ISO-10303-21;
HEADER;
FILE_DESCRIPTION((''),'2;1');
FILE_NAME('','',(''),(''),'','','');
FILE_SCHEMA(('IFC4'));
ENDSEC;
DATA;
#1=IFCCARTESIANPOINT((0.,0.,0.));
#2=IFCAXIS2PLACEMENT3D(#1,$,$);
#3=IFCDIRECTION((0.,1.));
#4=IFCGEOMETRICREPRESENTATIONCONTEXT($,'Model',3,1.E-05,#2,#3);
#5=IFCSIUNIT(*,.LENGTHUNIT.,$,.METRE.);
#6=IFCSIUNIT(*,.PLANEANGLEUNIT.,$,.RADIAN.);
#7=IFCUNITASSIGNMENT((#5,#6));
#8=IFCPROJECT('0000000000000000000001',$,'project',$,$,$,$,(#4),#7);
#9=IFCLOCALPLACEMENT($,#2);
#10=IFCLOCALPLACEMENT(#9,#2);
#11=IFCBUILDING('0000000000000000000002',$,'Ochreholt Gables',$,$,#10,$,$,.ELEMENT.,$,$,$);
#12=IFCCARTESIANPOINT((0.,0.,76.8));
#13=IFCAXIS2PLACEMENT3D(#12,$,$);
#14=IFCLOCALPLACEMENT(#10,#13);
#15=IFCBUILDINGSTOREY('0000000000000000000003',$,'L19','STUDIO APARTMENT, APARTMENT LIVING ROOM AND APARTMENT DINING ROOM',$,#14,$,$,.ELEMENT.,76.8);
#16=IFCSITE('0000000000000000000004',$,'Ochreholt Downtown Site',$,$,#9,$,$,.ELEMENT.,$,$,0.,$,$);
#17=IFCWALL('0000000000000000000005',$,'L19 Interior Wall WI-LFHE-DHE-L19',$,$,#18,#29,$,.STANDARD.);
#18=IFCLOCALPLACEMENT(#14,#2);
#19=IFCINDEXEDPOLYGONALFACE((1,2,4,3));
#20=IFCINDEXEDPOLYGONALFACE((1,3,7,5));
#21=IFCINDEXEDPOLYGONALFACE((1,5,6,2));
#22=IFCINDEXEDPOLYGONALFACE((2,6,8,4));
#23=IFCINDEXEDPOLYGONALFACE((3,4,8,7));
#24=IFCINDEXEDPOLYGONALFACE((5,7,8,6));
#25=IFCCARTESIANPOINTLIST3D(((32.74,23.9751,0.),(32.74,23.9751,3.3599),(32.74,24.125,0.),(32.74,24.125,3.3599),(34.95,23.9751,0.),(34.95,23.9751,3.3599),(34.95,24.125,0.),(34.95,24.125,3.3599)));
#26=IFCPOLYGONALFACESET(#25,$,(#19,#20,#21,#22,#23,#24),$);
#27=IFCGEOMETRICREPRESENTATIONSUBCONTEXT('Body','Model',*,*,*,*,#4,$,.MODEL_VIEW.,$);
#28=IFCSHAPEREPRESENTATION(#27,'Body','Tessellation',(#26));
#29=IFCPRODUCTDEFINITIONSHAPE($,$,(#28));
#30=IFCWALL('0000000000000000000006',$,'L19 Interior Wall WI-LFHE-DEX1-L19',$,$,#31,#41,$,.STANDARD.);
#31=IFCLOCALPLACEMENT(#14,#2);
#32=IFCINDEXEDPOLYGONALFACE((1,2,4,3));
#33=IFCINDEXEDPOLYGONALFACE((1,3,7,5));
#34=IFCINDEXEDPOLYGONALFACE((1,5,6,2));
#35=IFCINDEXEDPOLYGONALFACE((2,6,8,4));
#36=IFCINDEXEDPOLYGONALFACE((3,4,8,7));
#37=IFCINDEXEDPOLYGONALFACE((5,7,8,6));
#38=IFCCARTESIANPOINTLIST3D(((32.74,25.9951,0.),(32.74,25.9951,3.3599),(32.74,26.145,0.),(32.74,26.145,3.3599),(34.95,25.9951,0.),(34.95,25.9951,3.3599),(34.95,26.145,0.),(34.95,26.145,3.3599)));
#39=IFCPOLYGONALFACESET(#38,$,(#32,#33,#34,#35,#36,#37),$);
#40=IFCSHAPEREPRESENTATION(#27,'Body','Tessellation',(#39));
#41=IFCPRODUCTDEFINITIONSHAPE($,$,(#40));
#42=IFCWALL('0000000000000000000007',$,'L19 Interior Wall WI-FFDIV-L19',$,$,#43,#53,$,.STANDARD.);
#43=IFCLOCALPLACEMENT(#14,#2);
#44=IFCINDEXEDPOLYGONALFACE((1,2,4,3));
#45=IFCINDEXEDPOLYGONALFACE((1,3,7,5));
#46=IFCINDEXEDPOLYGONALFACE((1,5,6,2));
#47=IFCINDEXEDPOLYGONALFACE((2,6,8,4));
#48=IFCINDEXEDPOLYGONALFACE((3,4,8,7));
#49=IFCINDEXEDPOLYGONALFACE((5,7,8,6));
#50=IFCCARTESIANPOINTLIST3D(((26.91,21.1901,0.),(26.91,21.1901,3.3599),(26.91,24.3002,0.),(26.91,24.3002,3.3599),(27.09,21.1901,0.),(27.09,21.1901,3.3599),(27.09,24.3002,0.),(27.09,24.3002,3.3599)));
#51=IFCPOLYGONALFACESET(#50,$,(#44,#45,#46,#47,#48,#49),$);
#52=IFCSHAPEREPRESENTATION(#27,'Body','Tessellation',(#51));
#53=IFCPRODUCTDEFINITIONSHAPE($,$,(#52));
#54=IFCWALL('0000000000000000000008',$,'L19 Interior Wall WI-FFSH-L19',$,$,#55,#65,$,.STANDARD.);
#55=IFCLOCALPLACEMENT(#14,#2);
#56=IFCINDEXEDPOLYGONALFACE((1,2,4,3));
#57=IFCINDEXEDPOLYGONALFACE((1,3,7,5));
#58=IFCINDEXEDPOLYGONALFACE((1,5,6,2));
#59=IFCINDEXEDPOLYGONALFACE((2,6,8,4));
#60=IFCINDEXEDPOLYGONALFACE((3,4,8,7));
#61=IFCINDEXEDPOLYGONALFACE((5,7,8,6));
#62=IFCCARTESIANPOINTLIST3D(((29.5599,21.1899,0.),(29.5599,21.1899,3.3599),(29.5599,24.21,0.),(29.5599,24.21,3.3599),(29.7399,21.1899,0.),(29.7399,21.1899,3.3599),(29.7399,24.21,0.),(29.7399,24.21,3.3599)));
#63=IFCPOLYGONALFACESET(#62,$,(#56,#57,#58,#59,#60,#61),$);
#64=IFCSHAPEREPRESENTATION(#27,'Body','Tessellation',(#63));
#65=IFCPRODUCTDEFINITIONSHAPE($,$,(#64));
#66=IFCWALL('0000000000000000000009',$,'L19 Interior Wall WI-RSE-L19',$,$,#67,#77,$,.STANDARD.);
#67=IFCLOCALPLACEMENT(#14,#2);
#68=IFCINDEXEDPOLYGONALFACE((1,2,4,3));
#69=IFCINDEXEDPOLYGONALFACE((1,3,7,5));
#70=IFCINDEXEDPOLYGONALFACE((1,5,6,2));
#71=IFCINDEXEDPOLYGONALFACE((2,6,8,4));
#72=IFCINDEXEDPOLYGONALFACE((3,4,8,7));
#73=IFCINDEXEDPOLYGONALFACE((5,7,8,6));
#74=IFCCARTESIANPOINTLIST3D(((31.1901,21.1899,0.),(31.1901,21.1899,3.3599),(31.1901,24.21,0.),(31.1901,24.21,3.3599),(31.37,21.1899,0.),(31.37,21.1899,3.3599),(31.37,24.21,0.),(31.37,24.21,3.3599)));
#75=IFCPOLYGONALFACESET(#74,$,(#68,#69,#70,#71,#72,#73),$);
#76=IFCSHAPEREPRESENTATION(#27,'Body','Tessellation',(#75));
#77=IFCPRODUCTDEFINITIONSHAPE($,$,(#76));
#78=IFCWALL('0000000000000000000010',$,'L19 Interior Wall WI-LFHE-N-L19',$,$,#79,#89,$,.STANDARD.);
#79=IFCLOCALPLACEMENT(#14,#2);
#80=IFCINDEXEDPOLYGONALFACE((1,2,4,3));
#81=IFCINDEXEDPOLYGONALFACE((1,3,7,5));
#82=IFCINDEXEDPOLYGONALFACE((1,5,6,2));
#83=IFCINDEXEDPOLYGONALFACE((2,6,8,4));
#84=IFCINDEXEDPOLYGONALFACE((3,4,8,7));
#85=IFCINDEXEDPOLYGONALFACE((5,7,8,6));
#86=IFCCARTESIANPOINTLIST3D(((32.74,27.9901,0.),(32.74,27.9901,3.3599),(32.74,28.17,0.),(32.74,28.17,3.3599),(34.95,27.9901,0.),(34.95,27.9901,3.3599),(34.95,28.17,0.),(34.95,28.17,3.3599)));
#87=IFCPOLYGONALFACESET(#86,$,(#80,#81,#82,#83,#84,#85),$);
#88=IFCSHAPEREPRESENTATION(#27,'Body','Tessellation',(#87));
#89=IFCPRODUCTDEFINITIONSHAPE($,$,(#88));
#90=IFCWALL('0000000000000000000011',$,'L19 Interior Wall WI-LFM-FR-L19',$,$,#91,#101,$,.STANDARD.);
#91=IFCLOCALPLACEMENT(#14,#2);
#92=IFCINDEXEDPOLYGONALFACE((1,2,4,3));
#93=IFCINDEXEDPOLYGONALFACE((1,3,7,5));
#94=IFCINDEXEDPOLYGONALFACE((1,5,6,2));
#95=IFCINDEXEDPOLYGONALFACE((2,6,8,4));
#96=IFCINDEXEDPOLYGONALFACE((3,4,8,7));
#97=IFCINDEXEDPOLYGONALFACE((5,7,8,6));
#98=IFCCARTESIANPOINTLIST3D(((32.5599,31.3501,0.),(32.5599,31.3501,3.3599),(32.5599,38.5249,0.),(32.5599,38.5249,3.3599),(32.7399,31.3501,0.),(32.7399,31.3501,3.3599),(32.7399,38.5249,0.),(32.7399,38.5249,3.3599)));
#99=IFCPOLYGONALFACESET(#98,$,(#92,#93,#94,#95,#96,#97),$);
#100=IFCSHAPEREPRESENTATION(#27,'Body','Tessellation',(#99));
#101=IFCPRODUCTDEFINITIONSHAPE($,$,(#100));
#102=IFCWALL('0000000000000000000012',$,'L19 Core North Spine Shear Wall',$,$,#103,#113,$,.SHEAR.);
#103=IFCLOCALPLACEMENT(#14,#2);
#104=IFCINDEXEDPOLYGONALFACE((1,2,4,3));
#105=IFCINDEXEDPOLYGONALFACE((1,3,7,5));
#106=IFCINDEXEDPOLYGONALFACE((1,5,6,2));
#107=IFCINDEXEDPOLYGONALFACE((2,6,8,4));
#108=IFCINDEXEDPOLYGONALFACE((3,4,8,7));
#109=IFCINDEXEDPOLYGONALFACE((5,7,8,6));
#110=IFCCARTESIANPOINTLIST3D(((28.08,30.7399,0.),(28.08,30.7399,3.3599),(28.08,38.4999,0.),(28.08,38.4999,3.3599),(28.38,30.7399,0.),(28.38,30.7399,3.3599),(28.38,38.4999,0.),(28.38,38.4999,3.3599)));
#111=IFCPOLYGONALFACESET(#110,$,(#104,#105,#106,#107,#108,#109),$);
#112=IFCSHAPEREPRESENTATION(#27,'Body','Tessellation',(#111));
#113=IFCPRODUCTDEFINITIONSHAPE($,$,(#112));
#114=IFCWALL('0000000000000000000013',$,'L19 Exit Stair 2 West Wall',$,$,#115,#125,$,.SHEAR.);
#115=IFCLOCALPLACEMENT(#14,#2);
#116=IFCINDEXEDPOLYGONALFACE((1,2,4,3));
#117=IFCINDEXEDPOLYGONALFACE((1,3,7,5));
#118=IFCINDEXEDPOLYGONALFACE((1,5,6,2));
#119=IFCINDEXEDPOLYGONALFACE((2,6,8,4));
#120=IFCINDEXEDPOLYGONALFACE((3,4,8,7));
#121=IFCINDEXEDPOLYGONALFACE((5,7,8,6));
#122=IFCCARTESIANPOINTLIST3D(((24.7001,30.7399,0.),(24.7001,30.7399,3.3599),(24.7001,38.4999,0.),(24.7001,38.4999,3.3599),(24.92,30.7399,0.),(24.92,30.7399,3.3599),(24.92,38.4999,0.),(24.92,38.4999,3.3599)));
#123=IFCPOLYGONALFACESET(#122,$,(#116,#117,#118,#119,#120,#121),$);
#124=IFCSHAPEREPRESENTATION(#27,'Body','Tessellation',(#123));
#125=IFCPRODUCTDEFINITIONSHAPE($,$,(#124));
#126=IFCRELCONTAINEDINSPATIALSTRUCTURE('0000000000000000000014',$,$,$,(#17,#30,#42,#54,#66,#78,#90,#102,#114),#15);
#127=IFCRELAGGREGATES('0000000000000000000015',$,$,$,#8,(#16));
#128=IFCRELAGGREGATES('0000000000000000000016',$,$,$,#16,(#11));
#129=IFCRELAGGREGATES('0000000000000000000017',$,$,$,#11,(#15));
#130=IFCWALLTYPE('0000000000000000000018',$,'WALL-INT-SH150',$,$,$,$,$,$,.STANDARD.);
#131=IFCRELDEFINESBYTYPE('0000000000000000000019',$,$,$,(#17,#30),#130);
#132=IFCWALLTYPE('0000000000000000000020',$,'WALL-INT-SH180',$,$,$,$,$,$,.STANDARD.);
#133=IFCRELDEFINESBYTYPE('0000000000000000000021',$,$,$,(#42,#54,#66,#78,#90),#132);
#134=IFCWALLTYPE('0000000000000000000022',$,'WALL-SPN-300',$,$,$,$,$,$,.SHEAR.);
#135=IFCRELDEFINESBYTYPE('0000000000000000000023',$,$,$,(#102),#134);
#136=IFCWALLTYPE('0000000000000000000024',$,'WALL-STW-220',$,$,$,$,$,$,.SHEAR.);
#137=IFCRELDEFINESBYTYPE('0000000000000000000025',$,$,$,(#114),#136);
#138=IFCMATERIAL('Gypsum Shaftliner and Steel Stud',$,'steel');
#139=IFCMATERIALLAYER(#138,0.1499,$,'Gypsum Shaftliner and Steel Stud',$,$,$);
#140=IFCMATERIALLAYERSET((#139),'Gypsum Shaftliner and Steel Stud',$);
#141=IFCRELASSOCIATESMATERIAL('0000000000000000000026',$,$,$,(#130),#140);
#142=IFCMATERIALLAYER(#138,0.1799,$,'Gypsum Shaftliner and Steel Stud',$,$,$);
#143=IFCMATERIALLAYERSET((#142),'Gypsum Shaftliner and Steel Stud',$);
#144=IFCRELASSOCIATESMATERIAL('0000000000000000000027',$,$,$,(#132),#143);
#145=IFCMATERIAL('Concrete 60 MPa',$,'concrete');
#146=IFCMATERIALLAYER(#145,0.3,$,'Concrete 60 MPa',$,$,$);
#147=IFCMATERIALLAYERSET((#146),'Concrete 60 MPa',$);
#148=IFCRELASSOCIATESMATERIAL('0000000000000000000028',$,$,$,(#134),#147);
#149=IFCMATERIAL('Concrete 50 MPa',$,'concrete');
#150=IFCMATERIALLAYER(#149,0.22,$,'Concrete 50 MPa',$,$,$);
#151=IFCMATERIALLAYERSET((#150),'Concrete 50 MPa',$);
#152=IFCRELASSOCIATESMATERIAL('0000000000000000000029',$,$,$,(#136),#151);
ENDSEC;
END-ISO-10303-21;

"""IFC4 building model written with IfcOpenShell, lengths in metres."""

from ifc_helpers import new_model, si_unit, direction, frame, frame_2d, origin, place, context, subcontext, project, spatial, rectangle, extrude, material, layer, layer_set, type_object, element, save


model = new_model("IFC4")

# Units and contexts
model_context = context("Model", 3, precision=1e-05, world=origin(), true_north=direction((0.0, 1.0)))
body_context = subcontext(model_context, "Body", "Model", "MODEL_VIEW")
ifc_project = project(units=[si_unit("LENGTHUNIT", "METRE"), si_unit("PLANEANGLEUNIT", "RADIAN")], contexts=[model_context])

# Site, building, storey
site_placement = place(None, origin())
site = spatial("IfcSite", under=ifc_project, at=site_placement, Name="Ochreholt Downtown Site", CompositionType="ELEMENT", RefElevation=0.0)
building_placement = place(site_placement, origin())
building = spatial("IfcBuilding", under=site, at=building_placement, Name="Ochreholt Gables", CompositionType="ELEMENT")
storey_placement = place(building_placement, frame((0.0, 0.0, 76.8)))
storey = spatial("IfcBuildingStorey", under=building, at=storey_placement, Name="L19", Description="STUDIO APARTMENT, APARTMENT LIVING ROOM AND APARTMENT DINING ROOM", CompositionType="ELEMENT", Elevation=76.8)

# Shared definitions
ifc_material_1 = material(Name="Concrete 60 MPa", Category="concrete")

# Walls
ifc_material_2 = material(Name="Gypsum Shaftliner and Steel Stud", Category="steel")
ifc_layer_1 = layer(ifc_material_2, 0.1499, Name="Gypsum Shaftliner and Steel Stud")
ifc_layer_set_1 = layer_set([ifc_layer_1], Name="Gypsum Shaftliner and Steel Stud")
wall_type_1 = type_object("IfcWallType", Name="WALL-INT-SH150", PredefinedType="STANDARD", material=ifc_layer_set_1)
for number, where, z_axis, x_axis, name in (
    (1, (32.74, 24.05, 0.0), (0.0, 0.0, 1.0), (1.0, 0.0, 0.0), "L19 Interior Wall WI-LFHE-DHE-L19"),
    (2, (32.74, 26.0701, 0.0), (0.0, 0.0, 1.0), (1.0, 0.0, 0.0), "L19 Interior Wall WI-LFHE-DEX1-L19"),
):
    element("IfcWall", number, at=place(storey_placement, frame(where, z_axis=z_axis, x_axis=x_axis)), inside=storey, type_object=wall_type_1, Name=name, PredefinedType="STANDARD", context=body_context, shape_type="SweptSolid", body=[
        extrude(rectangle(XDim=2.21, YDim=0.1499, at=frame_2d((1.105, 0.0))), origin(), (0.0, 0.0, 1.0), 3.3599),
    ])
ifc_layer_2 = layer(ifc_material_2, 0.1799, Name="Gypsum Shaftliner and Steel Stud")
ifc_layer_set_2 = layer_set([ifc_layer_2], Name="Gypsum Shaftliner and Steel Stud")
wall_type_2 = type_object("IfcWallType", Name="WALL-INT-SH180", PredefinedType="STANDARD", material=ifc_layer_set_2)
wall_1_placement = place(storey_placement, frame((27.0, 21.1899, 0.0), z_axis=(0.0, 0.0, 1.0), x_axis=(0.0, 1.0, 0.0)))
element("IfcWall", 3, at=wall_1_placement, inside=storey, type_object=wall_type_2, Name="L19 Interior Wall WI-FFDIV-L19", PredefinedType="STANDARD", context=body_context, shape_type="SweptSolid", body=[
    extrude(rectangle(XDim=3.1101, YDim=0.1799, at=frame_2d((1.5552, 0.0))), origin(), (0.0, 0.0, 1.0), 3.3599),
])
for number, where, z_axis, x_axis, name in (
    (4, (29.6499, 21.1899, 0.0), (0.0, 0.0, 1.0), (0.0, 1.0, 0.0), "L19 Interior Wall WI-FFSH-L19"),
    (5, (31.28, 21.1899, 0.0), (0.0, 0.0, 1.0), (0.0, 1.0, 0.0), "L19 Interior Wall WI-RSE-L19"),
):
    element("IfcWall", number, at=place(storey_placement, frame(where, z_axis=z_axis, x_axis=x_axis)), inside=storey, type_object=wall_type_2, Name=name, PredefinedType="STANDARD", context=body_context, shape_type="SweptSolid", body=[
        extrude(rectangle(XDim=3.02, YDim=0.1799, at=frame_2d((1.51, 0.0))), origin(), (0.0, 0.0, 1.0), 3.3599),
    ])
wall_2_placement = place(storey_placement, frame((32.74, 28.0801, 0.0), z_axis=(0.0, 0.0, 1.0), x_axis=(1.0, 0.0, 0.0)))
element("IfcWall", 6, at=wall_2_placement, inside=storey, type_object=wall_type_2, Name="L19 Interior Wall WI-LFHE-N-L19", PredefinedType="STANDARD", context=body_context, shape_type="SweptSolid", body=[
    extrude(rectangle(XDim=2.21, YDim=0.1799, at=frame_2d((1.105, 0.0))), origin(), (0.0, 0.0, 1.0), 3.3599),
])
wall_3_placement = place(storey_placement, frame((32.6499, 31.3501, 0.0), z_axis=(0.0, 0.0, 1.0), x_axis=(0.0, 1.0, 0.0)))
element("IfcWall", 7, at=wall_3_placement, inside=storey, type_object=wall_type_2, Name="L19 Interior Wall WI-LFM-FR-L19", PredefinedType="STANDARD", context=body_context, shape_type="SweptSolid", body=[
    extrude(rectangle(XDim=7.1748, YDim=0.1799, at=frame_2d((3.5874, 0.0))), origin(), (0.0, 0.0, 1.0), 3.3599),
])
ifc_layer_3 = layer(ifc_material_1, 0.3, Name="Concrete 60 MPa")
ifc_layer_set_3 = layer_set([ifc_layer_3], Name="Concrete 60 MPa")
wall_type_3 = type_object("IfcWallType", Name="WALL-SPN-300", PredefinedType="SHEAR", material=ifc_layer_set_3)
wall_4_placement = place(storey_placement, frame((28.23, 30.74, 0.0), z_axis=(0.0, 0.0, 1.0), x_axis=(0.0, 1.0, 0.0)))
element("IfcWall", 8, at=wall_4_placement, inside=storey, type_object=wall_type_3, Name="L19 Core North Spine Shear Wall", PredefinedType="SHEAR", context=body_context, shape_type="SweptSolid", body=[
    extrude(rectangle(XDim=7.76, YDim=0.3, at=frame_2d((3.8799, 0.0))), origin(), (0.0, 0.0, 1.0), 3.3599),
])
ifc_material_3 = material(Name="Concrete 50 MPa", Category="concrete")
ifc_layer_4 = layer(ifc_material_3, 0.22, Name="Concrete 50 MPa")
ifc_layer_set_4 = layer_set([ifc_layer_4], Name="Concrete 50 MPa")
wall_type_4 = type_object("IfcWallType", Name="WALL-STW-220", PredefinedType="SHEAR", material=ifc_layer_set_4)
wall_5_placement = place(storey_placement, frame((24.8101, 30.74, 0.0), z_axis=(0.0, 0.0, 1.0), x_axis=(0.0, 1.0, 0.0)))
element("IfcWall", 9, at=wall_5_placement, inside=storey, type_object=wall_type_4, Name="L19 Exit Stair 2 West Wall", PredefinedType="SHEAR", context=body_context, shape_type="SweptSolid", body=[
    extrude(rectangle(XDim=7.76, YDim=0.22, at=frame_2d((3.8799, 0.0))), origin(), (0.0, 0.0, 1.0), 3.3599),
])

save(model, "model.ifc")
